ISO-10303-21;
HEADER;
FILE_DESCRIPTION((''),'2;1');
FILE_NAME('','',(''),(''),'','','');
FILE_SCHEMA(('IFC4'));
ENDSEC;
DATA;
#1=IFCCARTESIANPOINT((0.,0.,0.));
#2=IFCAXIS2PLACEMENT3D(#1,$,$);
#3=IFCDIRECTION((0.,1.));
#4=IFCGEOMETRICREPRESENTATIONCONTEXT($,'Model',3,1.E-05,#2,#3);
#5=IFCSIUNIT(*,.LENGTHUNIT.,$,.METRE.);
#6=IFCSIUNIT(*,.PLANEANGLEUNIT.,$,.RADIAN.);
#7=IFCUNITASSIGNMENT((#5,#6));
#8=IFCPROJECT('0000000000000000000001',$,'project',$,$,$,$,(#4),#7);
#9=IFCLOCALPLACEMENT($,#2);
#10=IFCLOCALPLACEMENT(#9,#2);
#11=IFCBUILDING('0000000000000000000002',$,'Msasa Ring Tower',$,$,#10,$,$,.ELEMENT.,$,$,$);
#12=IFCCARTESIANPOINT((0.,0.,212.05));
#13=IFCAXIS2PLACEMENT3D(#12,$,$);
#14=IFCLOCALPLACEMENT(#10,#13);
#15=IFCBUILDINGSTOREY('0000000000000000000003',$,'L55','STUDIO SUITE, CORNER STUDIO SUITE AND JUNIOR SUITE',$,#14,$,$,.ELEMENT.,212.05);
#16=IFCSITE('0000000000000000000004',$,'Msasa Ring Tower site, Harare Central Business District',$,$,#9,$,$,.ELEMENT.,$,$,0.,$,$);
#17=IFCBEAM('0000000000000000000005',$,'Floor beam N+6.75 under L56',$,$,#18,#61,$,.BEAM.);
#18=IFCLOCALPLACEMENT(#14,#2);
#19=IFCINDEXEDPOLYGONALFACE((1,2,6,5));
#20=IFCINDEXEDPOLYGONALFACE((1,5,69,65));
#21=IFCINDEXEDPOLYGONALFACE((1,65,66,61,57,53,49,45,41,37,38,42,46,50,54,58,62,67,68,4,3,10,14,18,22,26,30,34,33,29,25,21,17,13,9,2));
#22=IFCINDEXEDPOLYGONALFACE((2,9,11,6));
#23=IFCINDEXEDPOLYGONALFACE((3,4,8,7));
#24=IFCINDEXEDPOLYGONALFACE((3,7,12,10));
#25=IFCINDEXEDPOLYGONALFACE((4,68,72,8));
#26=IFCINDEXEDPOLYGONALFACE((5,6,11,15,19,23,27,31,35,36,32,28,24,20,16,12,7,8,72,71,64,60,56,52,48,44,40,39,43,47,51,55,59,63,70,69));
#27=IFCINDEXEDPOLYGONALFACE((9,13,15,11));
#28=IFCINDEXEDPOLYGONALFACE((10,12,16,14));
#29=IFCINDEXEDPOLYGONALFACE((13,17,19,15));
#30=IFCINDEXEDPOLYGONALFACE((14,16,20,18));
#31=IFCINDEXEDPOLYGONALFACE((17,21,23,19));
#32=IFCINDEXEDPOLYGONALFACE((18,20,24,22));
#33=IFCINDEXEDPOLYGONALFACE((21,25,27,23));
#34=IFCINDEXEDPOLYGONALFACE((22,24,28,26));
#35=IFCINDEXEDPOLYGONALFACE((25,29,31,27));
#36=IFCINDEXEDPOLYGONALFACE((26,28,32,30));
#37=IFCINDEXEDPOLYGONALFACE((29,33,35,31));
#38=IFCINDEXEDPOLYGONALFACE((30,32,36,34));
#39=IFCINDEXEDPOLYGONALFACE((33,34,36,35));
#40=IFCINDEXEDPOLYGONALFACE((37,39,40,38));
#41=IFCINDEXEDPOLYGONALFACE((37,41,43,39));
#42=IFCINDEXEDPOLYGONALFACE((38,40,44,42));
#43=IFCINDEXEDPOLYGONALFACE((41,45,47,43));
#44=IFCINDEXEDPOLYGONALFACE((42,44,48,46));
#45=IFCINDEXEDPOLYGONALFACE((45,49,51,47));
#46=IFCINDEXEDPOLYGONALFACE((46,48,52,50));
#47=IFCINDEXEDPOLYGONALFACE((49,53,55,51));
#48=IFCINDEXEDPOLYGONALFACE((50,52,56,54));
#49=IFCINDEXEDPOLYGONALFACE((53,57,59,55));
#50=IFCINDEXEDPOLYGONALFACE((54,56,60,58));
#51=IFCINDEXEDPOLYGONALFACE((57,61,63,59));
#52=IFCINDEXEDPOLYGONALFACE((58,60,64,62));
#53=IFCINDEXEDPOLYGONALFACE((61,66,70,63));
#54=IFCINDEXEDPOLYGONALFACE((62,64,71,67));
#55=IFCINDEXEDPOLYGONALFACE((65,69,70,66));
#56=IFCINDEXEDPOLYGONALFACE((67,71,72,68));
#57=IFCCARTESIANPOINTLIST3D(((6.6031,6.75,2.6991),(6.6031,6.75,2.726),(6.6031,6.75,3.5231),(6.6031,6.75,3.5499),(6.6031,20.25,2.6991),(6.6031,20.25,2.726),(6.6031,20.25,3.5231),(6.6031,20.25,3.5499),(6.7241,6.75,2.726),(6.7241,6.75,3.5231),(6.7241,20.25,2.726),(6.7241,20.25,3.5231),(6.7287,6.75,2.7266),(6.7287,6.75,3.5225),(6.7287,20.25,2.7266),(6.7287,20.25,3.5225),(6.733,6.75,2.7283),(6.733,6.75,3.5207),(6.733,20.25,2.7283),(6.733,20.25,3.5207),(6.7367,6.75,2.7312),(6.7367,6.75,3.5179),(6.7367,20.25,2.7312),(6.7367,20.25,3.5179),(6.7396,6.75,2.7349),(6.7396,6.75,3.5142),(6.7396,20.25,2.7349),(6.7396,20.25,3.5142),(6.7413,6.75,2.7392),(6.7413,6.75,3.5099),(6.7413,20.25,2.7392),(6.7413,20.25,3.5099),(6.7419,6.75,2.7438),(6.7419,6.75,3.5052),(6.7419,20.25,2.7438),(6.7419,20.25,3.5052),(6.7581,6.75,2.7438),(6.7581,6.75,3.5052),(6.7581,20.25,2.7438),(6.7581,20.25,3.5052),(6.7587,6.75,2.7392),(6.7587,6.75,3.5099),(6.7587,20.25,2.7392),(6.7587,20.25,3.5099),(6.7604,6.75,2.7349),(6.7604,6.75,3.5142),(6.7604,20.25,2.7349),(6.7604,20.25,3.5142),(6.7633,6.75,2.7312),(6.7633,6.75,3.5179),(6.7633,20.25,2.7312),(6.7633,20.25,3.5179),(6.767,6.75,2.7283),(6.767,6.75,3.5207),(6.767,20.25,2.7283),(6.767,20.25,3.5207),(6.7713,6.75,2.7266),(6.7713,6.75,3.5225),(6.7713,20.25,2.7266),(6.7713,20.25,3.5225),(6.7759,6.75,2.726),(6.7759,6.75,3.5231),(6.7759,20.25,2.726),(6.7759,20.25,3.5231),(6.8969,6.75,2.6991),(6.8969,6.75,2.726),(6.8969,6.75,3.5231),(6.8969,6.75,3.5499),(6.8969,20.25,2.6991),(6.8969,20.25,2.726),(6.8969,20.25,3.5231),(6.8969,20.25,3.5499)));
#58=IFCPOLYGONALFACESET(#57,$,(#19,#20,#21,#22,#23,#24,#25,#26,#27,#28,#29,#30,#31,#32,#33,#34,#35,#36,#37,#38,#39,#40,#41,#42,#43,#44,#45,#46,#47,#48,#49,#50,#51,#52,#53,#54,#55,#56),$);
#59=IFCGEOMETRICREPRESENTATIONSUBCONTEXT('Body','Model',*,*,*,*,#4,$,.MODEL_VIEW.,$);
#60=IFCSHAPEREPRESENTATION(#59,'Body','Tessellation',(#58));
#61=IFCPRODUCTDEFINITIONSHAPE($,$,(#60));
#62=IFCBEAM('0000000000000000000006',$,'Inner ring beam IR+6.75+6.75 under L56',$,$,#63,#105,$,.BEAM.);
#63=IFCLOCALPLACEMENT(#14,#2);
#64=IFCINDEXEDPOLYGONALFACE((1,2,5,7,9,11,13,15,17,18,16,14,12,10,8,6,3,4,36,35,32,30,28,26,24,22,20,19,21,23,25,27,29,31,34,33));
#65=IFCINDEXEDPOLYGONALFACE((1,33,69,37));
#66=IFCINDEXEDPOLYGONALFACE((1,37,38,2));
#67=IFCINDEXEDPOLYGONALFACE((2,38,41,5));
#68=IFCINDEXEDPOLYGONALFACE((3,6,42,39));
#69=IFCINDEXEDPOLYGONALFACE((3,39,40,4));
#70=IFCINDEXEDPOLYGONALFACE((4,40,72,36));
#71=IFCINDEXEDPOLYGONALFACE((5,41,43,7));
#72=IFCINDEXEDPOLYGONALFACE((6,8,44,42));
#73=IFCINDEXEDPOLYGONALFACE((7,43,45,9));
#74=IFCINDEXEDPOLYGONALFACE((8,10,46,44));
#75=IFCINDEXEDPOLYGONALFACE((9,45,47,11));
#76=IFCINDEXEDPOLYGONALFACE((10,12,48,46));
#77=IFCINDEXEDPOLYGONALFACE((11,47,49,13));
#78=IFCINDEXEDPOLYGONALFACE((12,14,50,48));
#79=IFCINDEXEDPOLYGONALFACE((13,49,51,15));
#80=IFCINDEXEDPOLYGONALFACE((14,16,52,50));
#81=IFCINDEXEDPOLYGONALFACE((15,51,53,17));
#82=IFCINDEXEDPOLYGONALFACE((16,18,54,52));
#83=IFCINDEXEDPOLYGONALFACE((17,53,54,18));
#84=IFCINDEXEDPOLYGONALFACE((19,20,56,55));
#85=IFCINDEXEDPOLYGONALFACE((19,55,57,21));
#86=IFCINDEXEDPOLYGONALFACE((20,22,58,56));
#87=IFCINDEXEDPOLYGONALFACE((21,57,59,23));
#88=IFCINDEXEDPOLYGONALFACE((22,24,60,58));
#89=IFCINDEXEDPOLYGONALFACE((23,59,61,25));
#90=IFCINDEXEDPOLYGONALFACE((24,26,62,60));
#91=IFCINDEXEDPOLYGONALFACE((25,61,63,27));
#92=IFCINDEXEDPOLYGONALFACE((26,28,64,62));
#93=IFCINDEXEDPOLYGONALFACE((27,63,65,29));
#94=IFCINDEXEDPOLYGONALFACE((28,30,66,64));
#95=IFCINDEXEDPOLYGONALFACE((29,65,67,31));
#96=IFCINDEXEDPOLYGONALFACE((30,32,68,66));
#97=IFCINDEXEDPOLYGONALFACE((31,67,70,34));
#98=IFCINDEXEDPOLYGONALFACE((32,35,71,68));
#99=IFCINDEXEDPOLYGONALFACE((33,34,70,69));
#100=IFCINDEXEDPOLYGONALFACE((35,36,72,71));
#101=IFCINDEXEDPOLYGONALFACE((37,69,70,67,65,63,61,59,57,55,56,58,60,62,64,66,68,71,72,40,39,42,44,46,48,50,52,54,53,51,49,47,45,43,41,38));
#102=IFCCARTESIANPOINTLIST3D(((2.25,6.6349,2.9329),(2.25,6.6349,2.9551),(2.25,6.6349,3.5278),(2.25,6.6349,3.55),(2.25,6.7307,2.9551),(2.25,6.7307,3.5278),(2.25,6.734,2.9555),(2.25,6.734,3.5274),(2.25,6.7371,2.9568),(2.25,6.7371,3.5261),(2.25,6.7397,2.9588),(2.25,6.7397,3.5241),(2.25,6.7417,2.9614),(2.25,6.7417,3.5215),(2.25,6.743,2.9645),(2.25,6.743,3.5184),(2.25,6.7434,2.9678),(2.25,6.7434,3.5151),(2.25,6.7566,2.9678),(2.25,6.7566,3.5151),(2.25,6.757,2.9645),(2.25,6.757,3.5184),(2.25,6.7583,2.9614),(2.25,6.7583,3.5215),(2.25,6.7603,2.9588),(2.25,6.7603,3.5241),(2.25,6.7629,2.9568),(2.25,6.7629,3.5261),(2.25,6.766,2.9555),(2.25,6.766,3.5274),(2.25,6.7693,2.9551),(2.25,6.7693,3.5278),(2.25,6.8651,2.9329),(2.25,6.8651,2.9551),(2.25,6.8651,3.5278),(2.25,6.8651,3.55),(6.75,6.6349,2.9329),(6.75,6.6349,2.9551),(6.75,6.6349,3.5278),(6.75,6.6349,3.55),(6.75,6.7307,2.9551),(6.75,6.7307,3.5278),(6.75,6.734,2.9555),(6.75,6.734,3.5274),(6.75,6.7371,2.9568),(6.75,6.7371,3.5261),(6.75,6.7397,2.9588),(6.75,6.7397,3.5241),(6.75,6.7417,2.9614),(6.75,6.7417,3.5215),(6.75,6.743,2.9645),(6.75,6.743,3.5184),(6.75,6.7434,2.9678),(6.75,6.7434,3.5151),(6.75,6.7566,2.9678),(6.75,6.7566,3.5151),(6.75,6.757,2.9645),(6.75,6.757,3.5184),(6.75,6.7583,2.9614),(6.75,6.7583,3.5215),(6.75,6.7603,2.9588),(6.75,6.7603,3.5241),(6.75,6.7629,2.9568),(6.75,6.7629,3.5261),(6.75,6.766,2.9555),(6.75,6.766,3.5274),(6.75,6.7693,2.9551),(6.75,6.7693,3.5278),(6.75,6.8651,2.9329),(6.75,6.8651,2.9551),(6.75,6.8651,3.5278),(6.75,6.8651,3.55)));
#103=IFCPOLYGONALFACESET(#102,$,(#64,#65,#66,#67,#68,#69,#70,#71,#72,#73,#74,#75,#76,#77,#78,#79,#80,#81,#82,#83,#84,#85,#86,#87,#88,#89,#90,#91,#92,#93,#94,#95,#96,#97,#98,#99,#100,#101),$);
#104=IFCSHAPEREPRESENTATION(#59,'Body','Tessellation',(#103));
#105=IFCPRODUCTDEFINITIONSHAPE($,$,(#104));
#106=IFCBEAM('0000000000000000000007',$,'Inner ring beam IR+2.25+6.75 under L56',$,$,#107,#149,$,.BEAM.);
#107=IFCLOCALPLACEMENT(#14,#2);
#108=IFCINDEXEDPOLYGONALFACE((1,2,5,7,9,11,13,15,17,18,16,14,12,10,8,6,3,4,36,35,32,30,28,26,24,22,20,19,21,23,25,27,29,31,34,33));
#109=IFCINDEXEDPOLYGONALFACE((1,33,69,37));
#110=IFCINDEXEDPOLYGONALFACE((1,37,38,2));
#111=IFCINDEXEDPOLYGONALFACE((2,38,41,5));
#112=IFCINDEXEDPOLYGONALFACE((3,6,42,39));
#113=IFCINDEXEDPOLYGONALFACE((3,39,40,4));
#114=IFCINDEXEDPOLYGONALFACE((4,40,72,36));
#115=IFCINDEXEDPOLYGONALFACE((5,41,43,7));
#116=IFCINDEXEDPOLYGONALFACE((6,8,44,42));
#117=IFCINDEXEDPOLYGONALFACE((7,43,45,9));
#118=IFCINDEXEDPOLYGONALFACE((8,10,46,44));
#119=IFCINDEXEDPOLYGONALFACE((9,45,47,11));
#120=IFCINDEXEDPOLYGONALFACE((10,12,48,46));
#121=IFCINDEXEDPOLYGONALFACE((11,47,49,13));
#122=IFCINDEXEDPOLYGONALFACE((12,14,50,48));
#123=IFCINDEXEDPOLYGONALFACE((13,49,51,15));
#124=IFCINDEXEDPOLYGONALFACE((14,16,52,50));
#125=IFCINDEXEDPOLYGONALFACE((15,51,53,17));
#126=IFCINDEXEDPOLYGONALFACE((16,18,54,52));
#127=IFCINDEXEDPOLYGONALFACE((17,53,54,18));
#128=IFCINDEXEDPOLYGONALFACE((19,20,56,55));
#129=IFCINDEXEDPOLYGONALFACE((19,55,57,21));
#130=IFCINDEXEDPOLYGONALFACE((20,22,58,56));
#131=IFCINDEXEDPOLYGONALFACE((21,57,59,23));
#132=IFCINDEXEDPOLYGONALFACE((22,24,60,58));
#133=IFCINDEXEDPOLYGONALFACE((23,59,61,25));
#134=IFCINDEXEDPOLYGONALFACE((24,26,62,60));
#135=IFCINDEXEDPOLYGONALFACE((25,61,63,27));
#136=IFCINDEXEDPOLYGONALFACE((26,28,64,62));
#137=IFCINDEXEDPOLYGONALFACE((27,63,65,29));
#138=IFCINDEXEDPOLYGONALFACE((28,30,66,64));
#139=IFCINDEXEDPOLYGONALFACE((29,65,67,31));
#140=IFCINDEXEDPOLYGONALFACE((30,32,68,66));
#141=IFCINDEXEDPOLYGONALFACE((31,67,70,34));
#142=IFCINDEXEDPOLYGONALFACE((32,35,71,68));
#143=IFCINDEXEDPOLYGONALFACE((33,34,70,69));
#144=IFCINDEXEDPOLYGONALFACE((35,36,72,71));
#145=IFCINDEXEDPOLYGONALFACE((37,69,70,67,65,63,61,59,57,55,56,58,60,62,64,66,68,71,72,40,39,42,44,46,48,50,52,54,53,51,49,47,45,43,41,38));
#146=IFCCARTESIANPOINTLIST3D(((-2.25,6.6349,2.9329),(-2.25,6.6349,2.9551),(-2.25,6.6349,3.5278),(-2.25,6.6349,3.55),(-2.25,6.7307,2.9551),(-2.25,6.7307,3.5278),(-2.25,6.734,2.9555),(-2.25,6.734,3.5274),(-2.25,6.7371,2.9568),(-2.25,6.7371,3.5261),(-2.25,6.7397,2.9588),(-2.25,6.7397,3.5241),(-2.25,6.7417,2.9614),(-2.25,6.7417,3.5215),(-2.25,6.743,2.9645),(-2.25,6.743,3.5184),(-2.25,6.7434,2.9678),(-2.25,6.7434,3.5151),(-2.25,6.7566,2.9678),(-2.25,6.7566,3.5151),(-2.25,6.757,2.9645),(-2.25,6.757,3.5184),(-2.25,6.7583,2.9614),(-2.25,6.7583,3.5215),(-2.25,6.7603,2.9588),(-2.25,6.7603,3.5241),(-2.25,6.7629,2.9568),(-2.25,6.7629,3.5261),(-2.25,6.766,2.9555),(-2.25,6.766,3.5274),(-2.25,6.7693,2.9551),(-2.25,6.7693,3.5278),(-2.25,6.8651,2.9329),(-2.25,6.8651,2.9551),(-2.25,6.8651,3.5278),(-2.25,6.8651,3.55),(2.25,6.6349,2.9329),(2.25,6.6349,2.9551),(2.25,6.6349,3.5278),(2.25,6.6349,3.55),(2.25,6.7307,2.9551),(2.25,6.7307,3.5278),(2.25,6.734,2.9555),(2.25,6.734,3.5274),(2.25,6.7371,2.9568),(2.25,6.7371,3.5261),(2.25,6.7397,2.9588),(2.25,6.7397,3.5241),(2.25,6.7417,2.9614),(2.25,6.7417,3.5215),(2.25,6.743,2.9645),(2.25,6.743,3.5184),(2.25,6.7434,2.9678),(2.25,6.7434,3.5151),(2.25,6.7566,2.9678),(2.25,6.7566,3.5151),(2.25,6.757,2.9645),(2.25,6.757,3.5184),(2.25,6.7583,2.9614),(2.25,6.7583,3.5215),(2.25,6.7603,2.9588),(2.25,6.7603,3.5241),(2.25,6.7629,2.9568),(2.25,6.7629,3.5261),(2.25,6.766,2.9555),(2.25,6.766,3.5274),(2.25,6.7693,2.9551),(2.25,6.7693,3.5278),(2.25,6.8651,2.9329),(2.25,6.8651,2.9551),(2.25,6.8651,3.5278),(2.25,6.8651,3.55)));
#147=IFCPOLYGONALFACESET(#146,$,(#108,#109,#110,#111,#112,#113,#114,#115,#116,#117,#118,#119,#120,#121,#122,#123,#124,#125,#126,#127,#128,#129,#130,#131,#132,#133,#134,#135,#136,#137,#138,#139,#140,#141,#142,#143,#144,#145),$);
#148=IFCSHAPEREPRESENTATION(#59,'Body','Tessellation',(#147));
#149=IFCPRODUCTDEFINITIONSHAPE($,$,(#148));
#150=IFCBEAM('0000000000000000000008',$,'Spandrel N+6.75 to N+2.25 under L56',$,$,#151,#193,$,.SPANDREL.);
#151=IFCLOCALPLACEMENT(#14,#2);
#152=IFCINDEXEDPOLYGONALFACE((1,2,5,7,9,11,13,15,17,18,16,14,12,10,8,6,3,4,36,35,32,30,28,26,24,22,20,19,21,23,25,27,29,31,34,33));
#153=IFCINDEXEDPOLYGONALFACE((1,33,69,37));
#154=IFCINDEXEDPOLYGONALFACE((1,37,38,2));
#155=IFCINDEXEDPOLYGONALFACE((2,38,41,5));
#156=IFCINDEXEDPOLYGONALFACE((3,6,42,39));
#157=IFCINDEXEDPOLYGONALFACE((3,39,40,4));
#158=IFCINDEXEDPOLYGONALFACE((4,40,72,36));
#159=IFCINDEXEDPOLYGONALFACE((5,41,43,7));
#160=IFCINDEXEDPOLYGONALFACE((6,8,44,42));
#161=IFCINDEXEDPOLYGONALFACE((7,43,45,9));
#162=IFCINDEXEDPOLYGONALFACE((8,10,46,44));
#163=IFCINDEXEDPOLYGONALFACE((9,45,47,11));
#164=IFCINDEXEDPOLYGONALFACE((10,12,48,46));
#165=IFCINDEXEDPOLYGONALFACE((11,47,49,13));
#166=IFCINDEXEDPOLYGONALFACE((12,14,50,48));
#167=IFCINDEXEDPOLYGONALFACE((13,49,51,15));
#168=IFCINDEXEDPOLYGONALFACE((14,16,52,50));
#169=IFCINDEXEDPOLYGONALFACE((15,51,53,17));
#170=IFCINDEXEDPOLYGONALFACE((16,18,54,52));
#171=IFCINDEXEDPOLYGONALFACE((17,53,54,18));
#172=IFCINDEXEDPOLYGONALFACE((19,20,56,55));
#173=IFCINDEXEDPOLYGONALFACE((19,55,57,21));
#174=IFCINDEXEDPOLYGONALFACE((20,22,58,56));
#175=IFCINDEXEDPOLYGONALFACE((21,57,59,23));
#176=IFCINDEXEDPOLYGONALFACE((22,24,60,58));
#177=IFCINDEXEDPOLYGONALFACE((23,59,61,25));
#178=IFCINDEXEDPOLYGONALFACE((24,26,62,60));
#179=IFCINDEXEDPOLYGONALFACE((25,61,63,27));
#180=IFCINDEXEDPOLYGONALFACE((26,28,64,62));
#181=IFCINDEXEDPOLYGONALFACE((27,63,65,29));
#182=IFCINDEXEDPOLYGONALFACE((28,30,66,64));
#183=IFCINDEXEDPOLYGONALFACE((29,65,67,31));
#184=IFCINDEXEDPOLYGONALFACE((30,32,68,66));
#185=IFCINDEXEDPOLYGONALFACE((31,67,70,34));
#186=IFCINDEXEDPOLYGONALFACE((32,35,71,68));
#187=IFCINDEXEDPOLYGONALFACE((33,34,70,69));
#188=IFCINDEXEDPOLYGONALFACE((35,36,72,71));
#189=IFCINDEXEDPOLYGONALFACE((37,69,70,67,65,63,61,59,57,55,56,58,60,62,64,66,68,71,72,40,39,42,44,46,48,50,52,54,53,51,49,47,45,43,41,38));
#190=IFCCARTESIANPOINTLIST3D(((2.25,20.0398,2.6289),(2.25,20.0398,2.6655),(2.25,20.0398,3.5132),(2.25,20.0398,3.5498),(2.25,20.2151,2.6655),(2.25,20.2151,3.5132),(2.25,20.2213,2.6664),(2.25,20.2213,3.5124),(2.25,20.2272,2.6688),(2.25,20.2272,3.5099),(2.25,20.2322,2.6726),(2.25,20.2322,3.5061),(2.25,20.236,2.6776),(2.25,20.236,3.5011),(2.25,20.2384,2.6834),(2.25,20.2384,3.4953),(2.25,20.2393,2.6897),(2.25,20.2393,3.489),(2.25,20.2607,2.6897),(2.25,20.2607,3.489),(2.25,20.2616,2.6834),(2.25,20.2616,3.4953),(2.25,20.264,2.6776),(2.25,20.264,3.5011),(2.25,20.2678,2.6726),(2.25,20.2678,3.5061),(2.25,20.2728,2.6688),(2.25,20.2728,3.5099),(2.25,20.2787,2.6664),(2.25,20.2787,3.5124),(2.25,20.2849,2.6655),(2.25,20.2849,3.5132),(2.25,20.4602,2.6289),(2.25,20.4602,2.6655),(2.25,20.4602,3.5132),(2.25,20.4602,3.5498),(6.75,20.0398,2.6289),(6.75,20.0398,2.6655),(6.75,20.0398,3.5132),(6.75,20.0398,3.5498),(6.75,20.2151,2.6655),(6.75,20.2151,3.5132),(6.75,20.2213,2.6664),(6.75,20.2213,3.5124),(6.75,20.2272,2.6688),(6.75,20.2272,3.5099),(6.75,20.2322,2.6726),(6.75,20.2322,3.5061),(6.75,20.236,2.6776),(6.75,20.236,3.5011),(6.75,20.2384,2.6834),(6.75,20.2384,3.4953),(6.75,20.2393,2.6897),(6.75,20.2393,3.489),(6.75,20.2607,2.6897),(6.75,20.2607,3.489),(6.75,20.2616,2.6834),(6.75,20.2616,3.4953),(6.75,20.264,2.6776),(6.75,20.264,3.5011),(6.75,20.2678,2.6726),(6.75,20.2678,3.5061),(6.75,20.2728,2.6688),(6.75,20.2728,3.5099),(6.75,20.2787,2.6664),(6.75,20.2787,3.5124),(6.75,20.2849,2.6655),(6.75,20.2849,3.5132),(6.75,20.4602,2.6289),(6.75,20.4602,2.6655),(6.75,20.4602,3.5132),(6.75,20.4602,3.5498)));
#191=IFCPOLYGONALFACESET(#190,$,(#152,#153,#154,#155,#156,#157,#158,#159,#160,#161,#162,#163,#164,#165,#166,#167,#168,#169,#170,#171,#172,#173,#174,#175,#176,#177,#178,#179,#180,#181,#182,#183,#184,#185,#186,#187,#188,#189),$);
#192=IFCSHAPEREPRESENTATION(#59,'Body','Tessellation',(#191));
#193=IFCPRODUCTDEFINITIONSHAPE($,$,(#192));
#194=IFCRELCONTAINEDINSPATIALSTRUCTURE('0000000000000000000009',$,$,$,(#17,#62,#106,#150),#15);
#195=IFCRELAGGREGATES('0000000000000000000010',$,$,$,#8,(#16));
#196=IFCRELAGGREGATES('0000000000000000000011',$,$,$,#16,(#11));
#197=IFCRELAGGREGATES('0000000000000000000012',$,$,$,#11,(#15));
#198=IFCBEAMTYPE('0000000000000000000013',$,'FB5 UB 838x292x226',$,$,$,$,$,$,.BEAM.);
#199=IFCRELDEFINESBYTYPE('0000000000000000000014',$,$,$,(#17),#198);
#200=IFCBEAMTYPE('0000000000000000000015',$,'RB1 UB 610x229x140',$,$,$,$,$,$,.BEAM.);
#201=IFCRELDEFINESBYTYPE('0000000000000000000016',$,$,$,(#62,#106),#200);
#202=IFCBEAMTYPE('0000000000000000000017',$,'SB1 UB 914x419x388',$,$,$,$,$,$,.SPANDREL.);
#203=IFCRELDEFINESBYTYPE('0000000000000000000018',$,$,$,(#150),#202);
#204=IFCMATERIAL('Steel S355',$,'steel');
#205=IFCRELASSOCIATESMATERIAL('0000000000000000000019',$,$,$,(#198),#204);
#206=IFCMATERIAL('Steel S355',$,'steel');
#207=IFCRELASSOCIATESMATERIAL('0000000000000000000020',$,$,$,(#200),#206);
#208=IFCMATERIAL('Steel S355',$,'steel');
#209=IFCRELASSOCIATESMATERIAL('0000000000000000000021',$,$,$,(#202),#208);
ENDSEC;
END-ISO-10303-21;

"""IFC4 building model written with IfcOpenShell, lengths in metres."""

from ifc_helpers import new_model, si_unit, direction, frame, origin, origin_2d, place, context, subcontext, project, spatial, i_section, extrude, material, material_profile, profile_set, type_object, element, save


model = new_model("IFC4")

# Units and contexts
model_context = context("Model", 3, precision=1e-05, world=origin(), true_north=direction((0.0, 1.0)))
body_context = subcontext(model_context, "Body", "Model", "MODEL_VIEW")
ifc_project = project(units=[si_unit("LENGTHUNIT", "METRE"), si_unit("PLANEANGLEUNIT", "RADIAN")], contexts=[model_context])

# Site, building, storey
site_placement = place(None, origin())
site = spatial("IfcSite", under=ifc_project, at=site_placement, Name="Msasa Ring Tower site, Harare Central Business District", CompositionType="ELEMENT", RefElevation=0.0)
building_placement = place(site_placement, origin())
building = spatial("IfcBuilding", under=site, at=building_placement, Name="Msasa Ring Tower", CompositionType="ELEMENT")
storey_placement = place(building_placement, frame((0.0, 0.0, 212.05)))
storey = spatial("IfcBuildingStorey", under=building, at=storey_placement, Name="L55", Description="STUDIO SUITE, CORNER STUDIO SUITE AND JUNIOR SUITE", CompositionType="ELEMENT", Elevation=212.05)

# Beams
ifc_material_1 = material(Name="Steel S355", Category="steel")
ifc_material_profile_1 = material_profile(ifc_material_1, i_section(OverallWidth=0.2937, OverallDepth=0.8508, WebThickness=0.0161, FlangeThickness=0.0269, FilletRadius=0.0178, at=origin_2d()), Name="UB 838x292x226")
ifc_profile_set_1 = profile_set([ifc_material_profile_1], Name="Steel S355")
beam_type_1 = type_object("IfcBeamType", Name="FB5 UB 838x292x226", PredefinedType="BEAM", material=ifc_profile_set_1)
for number, where, z_axis, x_axis, name in (
    (1, (6.75, 20.25, 3.1245), (0.0, -1.0, 0.0), (1.0, 0.0, 0.0), "Floor beam N+6.75 under L56"),
):
    element("IfcBeam", number, at=place(storey_placement, frame(where, z_axis=z_axis, x_axis=x_axis)), inside=storey, type_object=beam_type_1, Name=name, PredefinedType="BEAM", context=body_context, shape_type="SweptSolid", body=[
        extrude(i_section(OverallWidth=0.2937, OverallDepth=0.8508, WebThickness=0.0161, FlangeThickness=0.0269, FilletRadius=0.0178, at=origin_2d()), origin(), (0.0, 0.0, 1.0), 13.5),
    ])
ifc_material_2 = material(Name="Steel S355", Category="steel")
ifc_material_profile_2 = material_profile(ifc_material_2, i_section(OverallWidth=0.2302, OverallDepth=0.6172, WebThickness=0.0132, FlangeThickness=0.0222, FilletRadius=0.0127, at=origin_2d()), Name="UB 610x229x140")
ifc_profile_set_2 = profile_set([ifc_material_profile_2], Name="Steel S355")
beam_type_2 = type_object("IfcBeamType", Name="RB1 UB 610x229x140", PredefinedType="BEAM", material=ifc_profile_set_2)
for number, where, z_axis, x_axis, name in (
    (2, (6.75, 6.75, 3.2415), (-1.0, 0.0, 0.0), (0.0, -1.0, 0.0), "Inner ring beam IR+6.75+6.75 under L56"),
    (3, (2.25, 6.75, 3.2415), (-1.0, 0.0, 0.0), (0.0, -1.0, 0.0), "Inner ring beam IR+2.25+6.75 under L56"),
):
    element("IfcBeam", number, at=place(storey_placement, frame(where, z_axis=z_axis, x_axis=x_axis)), inside=storey, type_object=beam_type_2, Name=name, PredefinedType="BEAM", context=body_context, shape_type="SweptSolid", body=[
        extrude(i_section(OverallWidth=0.2302, OverallDepth=0.6172, WebThickness=0.0132, FlangeThickness=0.0222, FilletRadius=0.0127, at=origin_2d()), origin(), (0.0, 0.0, 1.0), 4.5),
    ])
ifc_material_3 = material(Name="Steel S355", Category="steel")
ifc_material_profile_3 = material_profile(ifc_material_3, i_section(OverallWidth=0.4204, OverallDepth=0.9209, WebThickness=0.0215, FlangeThickness=0.0366, FilletRadius=0.0242, at=origin_2d()), Name="UB 914x419x388")
ifc_profile_set_3 = profile_set([ifc_material_profile_3], Name="Steel S355")
beam_type_3 = type_object("IfcBeamType", Name="SB1 UB 914x419x388", PredefinedType="SPANDREL", material=ifc_profile_set_3)
for number, where, z_axis, x_axis, name in (
    (4, (6.75, 20.25, 3.0894), (-1.0, 0.0, 0.0), (0.0, -1.0, 0.0), "Spandrel N+6.75 to N+2.25 under L56"),
):
    element("IfcBeam", number, at=place(storey_placement, frame(where, z_axis=z_axis, x_axis=x_axis)), inside=storey, type_object=beam_type_3, Name=name, PredefinedType="SPANDREL", context=body_context, shape_type="SweptSolid", body=[
        extrude(i_section(OverallWidth=0.4204, OverallDepth=0.9209, WebThickness=0.0215, FlangeThickness=0.0366, FilletRadius=0.0242, at=origin_2d()), origin(), (0.0, 0.0, 1.0), 4.5),
    ])

save(model, "model.ifc")
